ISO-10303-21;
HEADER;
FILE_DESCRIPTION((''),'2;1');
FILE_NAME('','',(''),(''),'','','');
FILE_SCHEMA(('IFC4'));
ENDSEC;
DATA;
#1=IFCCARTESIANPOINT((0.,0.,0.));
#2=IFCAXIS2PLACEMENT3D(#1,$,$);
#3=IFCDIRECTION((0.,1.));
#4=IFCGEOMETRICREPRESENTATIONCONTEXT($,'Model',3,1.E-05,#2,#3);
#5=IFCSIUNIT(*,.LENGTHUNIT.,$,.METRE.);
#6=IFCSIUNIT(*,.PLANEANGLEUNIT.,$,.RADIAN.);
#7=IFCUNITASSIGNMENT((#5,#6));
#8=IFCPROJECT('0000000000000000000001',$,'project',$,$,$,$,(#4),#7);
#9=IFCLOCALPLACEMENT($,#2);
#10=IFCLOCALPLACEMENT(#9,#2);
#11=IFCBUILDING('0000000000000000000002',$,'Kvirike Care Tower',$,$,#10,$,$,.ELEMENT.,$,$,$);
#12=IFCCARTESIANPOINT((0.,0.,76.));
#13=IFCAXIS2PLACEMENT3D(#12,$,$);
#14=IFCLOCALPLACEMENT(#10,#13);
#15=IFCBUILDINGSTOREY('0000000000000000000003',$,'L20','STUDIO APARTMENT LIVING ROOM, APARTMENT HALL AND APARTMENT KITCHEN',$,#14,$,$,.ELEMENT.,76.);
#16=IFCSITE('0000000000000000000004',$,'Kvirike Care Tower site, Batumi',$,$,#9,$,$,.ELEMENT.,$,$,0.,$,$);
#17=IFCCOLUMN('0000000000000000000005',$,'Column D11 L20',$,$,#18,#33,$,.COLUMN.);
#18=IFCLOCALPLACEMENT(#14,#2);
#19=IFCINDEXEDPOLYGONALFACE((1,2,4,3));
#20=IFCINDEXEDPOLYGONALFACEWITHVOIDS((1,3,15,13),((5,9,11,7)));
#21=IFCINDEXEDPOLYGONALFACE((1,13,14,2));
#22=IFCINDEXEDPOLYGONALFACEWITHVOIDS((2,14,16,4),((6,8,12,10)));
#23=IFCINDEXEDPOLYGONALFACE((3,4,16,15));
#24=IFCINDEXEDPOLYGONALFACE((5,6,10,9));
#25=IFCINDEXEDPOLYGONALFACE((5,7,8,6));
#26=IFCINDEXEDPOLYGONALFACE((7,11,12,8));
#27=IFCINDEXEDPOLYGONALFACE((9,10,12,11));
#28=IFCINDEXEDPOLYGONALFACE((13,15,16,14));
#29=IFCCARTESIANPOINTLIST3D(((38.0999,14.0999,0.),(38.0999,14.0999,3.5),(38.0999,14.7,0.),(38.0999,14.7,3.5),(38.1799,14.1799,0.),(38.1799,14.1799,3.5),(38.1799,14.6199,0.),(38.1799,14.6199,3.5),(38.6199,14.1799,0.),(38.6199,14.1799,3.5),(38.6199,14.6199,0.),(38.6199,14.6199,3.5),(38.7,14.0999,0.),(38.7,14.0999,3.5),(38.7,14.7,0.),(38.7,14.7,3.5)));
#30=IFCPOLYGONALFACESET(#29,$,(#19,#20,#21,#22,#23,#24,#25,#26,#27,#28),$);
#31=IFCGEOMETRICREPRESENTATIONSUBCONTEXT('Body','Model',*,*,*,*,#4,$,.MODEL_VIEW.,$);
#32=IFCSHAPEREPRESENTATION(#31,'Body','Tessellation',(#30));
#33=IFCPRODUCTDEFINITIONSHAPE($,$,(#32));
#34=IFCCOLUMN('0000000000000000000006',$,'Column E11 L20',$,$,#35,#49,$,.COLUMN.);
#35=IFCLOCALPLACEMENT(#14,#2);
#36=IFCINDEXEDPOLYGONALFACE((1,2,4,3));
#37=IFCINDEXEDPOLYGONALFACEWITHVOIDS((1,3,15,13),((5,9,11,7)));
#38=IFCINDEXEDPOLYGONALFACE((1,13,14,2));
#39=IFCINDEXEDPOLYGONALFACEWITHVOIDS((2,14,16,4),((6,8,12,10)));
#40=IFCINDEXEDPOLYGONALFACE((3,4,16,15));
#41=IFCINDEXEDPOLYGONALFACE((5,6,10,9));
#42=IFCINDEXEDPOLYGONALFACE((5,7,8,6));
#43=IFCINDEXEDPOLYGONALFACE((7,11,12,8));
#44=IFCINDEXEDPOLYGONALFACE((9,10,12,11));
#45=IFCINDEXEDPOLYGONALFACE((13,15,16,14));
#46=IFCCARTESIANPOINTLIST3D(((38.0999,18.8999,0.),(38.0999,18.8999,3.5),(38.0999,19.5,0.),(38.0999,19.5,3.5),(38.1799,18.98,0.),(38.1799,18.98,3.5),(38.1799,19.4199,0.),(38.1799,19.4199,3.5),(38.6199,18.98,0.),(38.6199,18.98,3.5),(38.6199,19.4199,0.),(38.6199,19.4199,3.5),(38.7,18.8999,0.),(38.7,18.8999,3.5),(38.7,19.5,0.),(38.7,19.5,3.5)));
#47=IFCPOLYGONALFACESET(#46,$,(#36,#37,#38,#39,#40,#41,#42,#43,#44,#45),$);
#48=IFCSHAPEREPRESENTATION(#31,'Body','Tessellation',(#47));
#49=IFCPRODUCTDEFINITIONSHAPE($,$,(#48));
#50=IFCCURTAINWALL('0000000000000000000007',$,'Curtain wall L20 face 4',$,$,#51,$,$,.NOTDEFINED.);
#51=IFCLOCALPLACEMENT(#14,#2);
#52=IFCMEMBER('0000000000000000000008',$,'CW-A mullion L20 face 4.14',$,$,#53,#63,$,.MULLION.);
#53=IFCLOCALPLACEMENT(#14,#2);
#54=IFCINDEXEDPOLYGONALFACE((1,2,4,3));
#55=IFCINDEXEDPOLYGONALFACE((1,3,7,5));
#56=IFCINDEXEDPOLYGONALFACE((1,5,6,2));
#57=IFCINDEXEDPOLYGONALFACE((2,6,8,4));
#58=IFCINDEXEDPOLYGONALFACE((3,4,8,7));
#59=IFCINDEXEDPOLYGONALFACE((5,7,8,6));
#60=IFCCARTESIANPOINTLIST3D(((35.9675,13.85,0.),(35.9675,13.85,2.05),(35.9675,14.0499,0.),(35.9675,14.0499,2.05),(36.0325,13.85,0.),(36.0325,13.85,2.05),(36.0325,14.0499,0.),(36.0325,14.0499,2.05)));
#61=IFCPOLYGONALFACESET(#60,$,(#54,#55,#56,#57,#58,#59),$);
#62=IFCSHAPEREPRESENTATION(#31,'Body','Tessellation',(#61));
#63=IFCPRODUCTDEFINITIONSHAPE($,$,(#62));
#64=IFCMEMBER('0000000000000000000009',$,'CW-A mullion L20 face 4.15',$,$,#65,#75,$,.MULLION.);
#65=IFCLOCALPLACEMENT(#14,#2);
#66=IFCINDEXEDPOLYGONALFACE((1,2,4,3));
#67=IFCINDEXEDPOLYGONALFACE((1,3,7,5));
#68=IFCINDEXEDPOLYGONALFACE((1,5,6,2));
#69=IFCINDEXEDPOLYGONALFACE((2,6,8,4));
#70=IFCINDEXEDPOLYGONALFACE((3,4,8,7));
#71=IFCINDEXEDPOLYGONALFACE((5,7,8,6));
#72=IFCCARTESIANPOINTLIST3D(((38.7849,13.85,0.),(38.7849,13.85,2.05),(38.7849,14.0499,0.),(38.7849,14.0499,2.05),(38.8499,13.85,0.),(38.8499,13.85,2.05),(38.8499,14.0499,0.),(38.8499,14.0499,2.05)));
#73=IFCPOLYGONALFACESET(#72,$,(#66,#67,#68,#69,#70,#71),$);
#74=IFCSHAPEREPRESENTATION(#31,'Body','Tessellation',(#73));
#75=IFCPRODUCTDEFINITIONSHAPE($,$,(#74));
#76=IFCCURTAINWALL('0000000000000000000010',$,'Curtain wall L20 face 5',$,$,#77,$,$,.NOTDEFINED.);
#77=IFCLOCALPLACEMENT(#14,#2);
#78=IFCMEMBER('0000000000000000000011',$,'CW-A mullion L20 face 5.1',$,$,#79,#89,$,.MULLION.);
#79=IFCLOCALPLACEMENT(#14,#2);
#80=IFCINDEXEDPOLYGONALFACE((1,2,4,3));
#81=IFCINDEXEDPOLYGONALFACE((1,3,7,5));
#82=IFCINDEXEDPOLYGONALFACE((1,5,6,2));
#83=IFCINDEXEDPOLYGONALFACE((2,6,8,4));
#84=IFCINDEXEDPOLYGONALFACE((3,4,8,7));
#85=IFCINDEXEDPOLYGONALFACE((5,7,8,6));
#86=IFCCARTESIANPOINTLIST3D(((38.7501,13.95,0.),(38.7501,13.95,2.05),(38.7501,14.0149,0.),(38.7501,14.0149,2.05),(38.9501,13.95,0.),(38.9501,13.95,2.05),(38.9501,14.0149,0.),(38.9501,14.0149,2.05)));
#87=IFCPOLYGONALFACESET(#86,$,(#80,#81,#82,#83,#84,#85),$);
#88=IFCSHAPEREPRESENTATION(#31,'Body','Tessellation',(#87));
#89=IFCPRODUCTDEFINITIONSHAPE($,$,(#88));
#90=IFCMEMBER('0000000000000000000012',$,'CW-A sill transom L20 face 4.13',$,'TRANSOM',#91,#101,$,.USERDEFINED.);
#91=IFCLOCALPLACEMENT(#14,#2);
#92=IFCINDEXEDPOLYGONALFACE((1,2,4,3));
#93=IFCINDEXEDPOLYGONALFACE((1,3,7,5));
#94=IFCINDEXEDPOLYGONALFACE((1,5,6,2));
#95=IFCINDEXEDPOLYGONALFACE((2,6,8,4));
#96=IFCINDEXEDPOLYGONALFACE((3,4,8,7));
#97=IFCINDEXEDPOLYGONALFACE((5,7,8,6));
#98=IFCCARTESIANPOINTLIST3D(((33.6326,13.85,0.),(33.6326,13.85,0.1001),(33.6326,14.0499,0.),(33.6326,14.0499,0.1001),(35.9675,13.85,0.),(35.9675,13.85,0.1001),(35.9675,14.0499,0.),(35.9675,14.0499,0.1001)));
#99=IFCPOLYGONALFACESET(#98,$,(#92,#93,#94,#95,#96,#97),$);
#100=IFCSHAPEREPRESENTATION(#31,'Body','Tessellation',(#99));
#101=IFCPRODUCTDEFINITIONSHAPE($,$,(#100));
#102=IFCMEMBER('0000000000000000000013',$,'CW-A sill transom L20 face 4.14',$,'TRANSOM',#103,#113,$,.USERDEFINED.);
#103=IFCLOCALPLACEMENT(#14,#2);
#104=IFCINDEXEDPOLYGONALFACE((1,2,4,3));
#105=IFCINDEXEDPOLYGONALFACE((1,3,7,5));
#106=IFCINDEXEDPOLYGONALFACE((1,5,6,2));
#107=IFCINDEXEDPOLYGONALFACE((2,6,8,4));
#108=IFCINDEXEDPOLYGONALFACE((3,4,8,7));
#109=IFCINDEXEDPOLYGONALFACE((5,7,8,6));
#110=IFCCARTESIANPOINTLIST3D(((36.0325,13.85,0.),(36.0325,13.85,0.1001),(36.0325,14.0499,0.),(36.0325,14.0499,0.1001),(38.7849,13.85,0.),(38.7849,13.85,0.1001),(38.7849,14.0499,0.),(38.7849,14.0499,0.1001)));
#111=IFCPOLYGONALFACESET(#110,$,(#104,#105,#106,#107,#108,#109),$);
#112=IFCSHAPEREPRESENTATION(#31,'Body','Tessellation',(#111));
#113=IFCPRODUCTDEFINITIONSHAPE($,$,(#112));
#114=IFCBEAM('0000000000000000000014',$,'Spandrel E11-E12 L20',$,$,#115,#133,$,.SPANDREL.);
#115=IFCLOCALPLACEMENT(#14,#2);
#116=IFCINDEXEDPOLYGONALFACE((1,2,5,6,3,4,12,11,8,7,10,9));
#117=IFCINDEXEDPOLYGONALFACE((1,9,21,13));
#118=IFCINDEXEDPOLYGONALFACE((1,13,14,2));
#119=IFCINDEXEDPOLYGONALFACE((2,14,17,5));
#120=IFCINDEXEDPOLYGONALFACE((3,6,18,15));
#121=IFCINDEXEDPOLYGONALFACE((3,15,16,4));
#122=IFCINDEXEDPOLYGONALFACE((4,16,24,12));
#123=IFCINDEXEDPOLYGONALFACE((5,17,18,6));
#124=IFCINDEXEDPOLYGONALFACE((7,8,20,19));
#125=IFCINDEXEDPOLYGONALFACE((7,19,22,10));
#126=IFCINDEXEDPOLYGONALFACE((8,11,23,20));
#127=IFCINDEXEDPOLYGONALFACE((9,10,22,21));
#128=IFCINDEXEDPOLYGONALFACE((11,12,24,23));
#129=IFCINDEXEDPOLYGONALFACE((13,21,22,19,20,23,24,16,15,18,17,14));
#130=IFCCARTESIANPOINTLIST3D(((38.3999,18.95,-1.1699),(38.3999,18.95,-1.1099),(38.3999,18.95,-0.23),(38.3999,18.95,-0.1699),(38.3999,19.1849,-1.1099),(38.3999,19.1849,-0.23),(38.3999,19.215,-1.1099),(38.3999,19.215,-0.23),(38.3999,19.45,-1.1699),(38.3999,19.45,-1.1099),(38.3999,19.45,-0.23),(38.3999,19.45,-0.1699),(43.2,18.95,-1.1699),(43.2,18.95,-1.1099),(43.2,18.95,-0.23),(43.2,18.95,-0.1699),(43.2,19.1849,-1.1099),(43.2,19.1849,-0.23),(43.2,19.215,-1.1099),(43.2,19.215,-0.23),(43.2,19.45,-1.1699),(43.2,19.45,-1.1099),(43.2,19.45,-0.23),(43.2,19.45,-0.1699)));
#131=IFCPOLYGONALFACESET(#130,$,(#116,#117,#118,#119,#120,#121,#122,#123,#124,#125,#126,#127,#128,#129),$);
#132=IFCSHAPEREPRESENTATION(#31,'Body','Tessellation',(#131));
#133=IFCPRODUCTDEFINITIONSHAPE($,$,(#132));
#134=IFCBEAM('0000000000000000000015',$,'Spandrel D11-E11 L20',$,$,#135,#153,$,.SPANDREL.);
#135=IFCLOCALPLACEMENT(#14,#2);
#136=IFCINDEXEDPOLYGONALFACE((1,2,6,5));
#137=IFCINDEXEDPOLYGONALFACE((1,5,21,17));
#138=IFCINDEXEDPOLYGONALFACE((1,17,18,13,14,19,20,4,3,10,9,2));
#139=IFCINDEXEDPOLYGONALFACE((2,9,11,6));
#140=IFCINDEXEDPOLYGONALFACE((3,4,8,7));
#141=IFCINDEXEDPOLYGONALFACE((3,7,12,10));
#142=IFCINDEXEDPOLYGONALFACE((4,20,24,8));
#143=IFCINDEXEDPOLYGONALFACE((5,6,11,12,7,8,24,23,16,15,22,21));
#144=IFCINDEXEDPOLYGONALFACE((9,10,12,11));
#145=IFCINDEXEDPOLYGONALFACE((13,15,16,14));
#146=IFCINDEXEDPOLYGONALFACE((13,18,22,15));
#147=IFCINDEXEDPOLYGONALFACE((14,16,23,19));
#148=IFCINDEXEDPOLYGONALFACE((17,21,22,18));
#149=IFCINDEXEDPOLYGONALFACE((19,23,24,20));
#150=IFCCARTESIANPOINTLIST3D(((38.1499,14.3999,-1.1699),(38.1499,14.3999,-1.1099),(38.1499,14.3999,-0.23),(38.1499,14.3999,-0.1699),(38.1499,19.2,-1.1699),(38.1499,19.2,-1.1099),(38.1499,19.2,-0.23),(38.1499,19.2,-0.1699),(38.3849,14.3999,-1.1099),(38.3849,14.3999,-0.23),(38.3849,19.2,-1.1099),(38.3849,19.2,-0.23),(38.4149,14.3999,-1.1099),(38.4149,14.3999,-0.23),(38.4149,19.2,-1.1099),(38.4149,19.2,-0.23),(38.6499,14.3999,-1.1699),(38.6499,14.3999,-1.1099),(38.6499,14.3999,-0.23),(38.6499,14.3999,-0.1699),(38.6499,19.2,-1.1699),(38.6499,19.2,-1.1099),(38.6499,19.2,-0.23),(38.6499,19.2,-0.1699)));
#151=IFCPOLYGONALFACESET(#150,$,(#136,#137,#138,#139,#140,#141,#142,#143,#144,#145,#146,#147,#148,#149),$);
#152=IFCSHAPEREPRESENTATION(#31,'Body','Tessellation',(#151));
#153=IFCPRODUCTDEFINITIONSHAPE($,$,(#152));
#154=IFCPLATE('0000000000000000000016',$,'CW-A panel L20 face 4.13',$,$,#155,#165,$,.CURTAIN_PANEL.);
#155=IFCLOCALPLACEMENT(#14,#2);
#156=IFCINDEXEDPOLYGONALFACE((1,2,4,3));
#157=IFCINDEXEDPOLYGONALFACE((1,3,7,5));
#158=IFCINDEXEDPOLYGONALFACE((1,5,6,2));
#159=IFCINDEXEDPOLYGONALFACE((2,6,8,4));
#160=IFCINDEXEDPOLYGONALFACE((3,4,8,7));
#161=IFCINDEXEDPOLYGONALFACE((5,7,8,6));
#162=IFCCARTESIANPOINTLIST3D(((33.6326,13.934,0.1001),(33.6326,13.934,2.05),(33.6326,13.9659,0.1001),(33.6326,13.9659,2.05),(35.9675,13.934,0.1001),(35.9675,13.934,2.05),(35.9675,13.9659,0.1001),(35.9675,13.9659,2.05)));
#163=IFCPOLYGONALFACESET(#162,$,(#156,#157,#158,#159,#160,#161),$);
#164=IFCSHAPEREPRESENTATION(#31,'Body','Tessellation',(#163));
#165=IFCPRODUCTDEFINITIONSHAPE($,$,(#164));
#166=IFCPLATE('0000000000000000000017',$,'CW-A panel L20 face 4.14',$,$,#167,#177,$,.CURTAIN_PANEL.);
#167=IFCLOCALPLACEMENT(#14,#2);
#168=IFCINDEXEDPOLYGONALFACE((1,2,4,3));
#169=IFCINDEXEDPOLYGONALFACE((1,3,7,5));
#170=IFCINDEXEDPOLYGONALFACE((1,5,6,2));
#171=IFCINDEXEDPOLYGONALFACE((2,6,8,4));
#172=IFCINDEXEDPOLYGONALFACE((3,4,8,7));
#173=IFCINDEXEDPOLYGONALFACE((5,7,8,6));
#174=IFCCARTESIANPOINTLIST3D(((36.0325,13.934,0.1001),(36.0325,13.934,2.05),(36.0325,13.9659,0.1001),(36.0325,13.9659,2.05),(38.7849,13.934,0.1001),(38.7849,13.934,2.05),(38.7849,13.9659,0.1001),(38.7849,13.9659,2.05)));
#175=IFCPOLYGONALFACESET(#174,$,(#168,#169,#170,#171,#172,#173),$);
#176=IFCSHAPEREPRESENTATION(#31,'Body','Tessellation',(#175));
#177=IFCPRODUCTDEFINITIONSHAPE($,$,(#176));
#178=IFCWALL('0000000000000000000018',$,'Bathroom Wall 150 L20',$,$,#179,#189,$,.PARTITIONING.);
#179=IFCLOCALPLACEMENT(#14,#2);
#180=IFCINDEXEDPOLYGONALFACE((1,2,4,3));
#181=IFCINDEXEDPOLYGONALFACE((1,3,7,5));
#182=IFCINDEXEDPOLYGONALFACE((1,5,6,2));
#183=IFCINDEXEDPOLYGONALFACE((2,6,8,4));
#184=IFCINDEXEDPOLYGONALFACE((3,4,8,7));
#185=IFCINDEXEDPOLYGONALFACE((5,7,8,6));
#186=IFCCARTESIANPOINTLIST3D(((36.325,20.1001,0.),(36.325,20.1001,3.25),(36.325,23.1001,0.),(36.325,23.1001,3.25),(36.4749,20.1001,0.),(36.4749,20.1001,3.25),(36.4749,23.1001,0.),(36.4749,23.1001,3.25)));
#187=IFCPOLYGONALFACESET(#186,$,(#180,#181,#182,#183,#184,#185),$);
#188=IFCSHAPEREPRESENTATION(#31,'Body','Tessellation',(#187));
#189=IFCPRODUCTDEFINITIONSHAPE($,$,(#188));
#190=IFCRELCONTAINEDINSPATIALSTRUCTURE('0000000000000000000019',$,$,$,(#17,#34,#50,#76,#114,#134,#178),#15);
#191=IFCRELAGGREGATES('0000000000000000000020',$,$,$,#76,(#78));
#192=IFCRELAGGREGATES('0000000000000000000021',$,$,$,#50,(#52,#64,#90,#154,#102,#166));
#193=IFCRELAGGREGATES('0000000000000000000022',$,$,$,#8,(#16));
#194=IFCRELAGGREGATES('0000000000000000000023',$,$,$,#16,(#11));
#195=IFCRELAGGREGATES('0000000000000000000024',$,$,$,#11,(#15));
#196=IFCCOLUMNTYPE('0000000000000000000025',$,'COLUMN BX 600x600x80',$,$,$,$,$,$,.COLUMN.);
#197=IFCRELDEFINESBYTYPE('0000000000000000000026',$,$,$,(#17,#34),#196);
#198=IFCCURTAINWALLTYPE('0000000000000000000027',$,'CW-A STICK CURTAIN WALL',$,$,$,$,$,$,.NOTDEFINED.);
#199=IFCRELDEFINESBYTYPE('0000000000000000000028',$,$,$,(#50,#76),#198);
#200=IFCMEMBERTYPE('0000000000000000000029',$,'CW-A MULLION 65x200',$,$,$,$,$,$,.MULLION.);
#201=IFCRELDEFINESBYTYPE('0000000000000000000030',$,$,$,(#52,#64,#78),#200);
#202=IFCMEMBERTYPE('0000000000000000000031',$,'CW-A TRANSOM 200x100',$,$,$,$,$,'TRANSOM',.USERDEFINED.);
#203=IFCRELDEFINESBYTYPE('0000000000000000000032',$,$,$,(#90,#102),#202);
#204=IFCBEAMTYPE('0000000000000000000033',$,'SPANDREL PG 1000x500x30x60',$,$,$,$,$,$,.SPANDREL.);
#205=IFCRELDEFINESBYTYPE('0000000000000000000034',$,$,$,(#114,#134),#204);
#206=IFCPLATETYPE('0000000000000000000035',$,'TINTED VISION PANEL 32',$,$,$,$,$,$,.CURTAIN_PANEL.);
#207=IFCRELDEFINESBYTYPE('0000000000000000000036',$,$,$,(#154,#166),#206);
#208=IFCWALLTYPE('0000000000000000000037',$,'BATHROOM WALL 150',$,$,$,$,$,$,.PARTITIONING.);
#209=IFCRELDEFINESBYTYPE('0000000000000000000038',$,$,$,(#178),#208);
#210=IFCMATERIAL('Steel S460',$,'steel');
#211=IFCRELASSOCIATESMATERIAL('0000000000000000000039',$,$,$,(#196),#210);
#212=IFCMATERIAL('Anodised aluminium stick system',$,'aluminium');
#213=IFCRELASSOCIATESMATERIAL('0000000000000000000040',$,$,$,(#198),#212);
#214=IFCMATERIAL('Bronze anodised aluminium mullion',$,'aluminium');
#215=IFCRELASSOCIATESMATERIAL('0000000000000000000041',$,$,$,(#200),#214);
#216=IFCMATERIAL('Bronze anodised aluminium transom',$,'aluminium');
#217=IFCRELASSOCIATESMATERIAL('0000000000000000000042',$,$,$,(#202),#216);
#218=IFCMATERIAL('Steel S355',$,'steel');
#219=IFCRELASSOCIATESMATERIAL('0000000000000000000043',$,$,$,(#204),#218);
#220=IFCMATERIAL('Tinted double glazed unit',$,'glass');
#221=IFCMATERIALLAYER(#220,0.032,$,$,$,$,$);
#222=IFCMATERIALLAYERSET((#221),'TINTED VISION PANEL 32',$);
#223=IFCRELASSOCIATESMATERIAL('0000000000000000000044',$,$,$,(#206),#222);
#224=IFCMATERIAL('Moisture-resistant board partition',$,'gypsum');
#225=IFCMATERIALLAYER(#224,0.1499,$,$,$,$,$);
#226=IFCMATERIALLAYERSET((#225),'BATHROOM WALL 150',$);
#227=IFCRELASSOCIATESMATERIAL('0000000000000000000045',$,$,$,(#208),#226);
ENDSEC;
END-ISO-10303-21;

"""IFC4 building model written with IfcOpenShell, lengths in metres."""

from ifc_helpers import new_model, si_unit, direction, frame, frame_2d, origin, origin_2d, place, context, subcontext, project, spatial, rectangle, hollow_rectangle, i_section, extrude, material, layer, layer_set, material_profile, profile_set, type_object, element, aggregate, save


model = new_model("IFC4")

# Units and contexts
model_context = context("Model", 3, precision=1e-05, world=origin(), true_north=direction((0.0, 1.0)))
body_context = subcontext(model_context, "Body", "Model", "MODEL_VIEW")
ifc_project = project(units=[si_unit("LENGTHUNIT", "METRE"), si_unit("PLANEANGLEUNIT", "RADIAN")], contexts=[model_context])

# Site, building, storey
site_placement = place(None, origin())
site = spatial("IfcSite", under=ifc_project, at=site_placement, Name="Kvirike Care Tower site, Batumi", CompositionType="ELEMENT", RefElevation=0.0)
building_placement = place(site_placement, origin())
building = spatial("IfcBuilding", under=site, at=building_placement, Name="Kvirike Care Tower", CompositionType="ELEMENT")
storey_placement = place(building_placement, frame((0.0, 0.0, 76.0)))
storey = spatial("IfcBuildingStorey", under=building, at=storey_placement, Name="L20", Description="STUDIO APARTMENT LIVING ROOM, APARTMENT HALL AND APARTMENT KITCHEN", CompositionType="ELEMENT", Elevation=76.0)

# Columns
ifc_material_1 = material(Name="Steel S460", Category="steel")
ifc_material_profile_1 = material_profile(ifc_material_1, hollow_rectangle(XDim=0.6001, YDim=0.6001, WallThickness=0.0801, at=origin_2d()), Name="BX 600x600x80")
ifc_profile_set_1 = profile_set([ifc_material_profile_1], Name="Steel S460")
column_type = type_object("IfcColumnType", Name="COLUMN BX 600x600x80", PredefinedType="COLUMN", material=ifc_profile_set_1)
for number, where, z_axis, x_axis, name in (
    (1, (38.3999, 14.3999, 0.0), (0.0, 0.0, 1.0), (0.0, 1.0, 0.0), "Column D11 L20"),
    (2, (38.3999, 19.2, 0.0), (0.0, 0.0, 1.0), (0.0, 1.0, 0.0), "Column E11 L20"),
):
    element("IfcColumn", number, at=place(storey_placement, frame(where, z_axis=z_axis, x_axis=x_axis)), inside=storey, type_object=column_type, Name=name, PredefinedType="COLUMN", context=body_context, shape_type="SweptSolid", body=[
        extrude(hollow_rectangle(XDim=0.6001, YDim=0.6001, WallThickness=0.0801, at=origin_2d()), origin(), (0.0, 0.0, 1.0), 3.5),
    ])

# Curtain wall, members
ifc_material_2 = material(Name="Anodised aluminium stick system", Category="aluminium")
curtain_wall_type = type_object("IfcCurtainWallType", Name="CW-A STICK CURTAIN WALL", PredefinedType="NOTDEFINED", material=ifc_material_2)
curtain_wall_1_placement = place(storey_placement, origin())
curtain_wall_1 = element("IfcCurtainWall", 3, at=curtain_wall_1_placement, inside=storey, type_object=curtain_wall_type, Name="Curtain wall L20 face 4", PredefinedType="NOTDEFINED")
ifc_material_3 = material(Name="Bronze anodised aluminium mullion", Category="aluminium")
ifc_material_profile_2 = material_profile(ifc_material_3, rectangle(XDim=0.0649, YDim=0.2, at=origin_2d()), Name="CW-A MULLION 65x200")
ifc_profile_set_2 = profile_set([ifc_material_profile_2], Name="Bronze anodised aluminium mullion")
member_type_1 = type_object("IfcMemberType", Name="CW-A MULLION 65x200", PredefinedType="MULLION", material=ifc_profile_set_2)
member_1_placement = place(storey_placement, frame((36.0, 13.95, 0.0), z_axis=(0.0, 0.0, 1.0), x_axis=(1.0, 0.0, 0.0)))
member_1 = element("IfcMember", 4, at=member_1_placement, type_object=member_type_1, Name="CW-A mullion L20 face 4.14", PredefinedType="MULLION", context=body_context, shape_type="SweptSolid", body=[
    extrude(rectangle(XDim=0.0649, YDim=0.2, at=origin_2d()), origin(), (0.0, 0.0, 1.0), 2.05),
])
member_2_placement = place(storey_placement, frame((38.8174, 13.95, 0.0), z_axis=(0.0, 0.0, 1.0), x_axis=(1.0, 0.0, 0.0)))
member_2 = element("IfcMember", 5, at=member_2_placement, type_object=member_type_1, Name="CW-A mullion L20 face 4.15", PredefinedType="MULLION", context=body_context, shape_type="SweptSolid", body=[
    extrude(rectangle(XDim=0.0649, YDim=0.2, at=origin_2d()), origin(), (0.0, 0.0, 1.0), 2.05),
])

# Curtain wall, member
curtain_wall_2_placement = place(storey_placement, origin())
curtain_wall_2 = element("IfcCurtainWall", 6, at=curtain_wall_2_placement, inside=storey, type_object=curtain_wall_type, Name="Curtain wall L20 face 5", PredefinedType="NOTDEFINED")
member_3_placement = place(storey_placement, frame((38.8501, 13.9824, 0.0), z_axis=(0.0, 0.0, 1.0), x_axis=(0.0, 1.0, 0.0)))
member_3 = element("IfcMember", 7, at=member_3_placement, type_object=member_type_1, Name="CW-A mullion L20 face 5.1", PredefinedType="MULLION", context=body_context, shape_type="SweptSolid", body=[
    extrude(rectangle(XDim=0.0649, YDim=0.2, at=origin_2d()), origin(), (0.0, 0.0, 1.0), 2.05),
])
aggregate(curtain_wall_2, [member_3])

# Members
ifc_material_4 = material(Name="Bronze anodised aluminium transom", Category="aluminium")
ifc_material_profile_3 = material_profile(ifc_material_4, rectangle(XDim=0.2, YDim=0.1001, at=origin_2d()), Name="CW-A TRANSOM 200x100")
ifc_profile_set_3 = profile_set([ifc_material_profile_3], Name="Bronze anodised aluminium transom")
member_type_2 = type_object("IfcMemberType", Name="CW-A TRANSOM 200x100", ElementType="TRANSOM", PredefinedType="USERDEFINED", material=ifc_profile_set_3)
member_4_placement = place(storey_placement, frame((33.6326, 13.95, 0.05), z_axis=(1.0, 0.0, 0.0), x_axis=(0.0, 1.0, 0.0)))
member_4 = element("IfcMember", 8, at=member_4_placement, type_object=member_type_2, Name="CW-A sill transom L20 face 4.13", ObjectType="TRANSOM", PredefinedType="USERDEFINED", context=body_context, shape_type="SweptSolid", body=[
    extrude(rectangle(XDim=0.2, YDim=0.1001, at=origin_2d()), origin(), (0.0, 0.0, 1.0), 2.335),
])
member_5_placement = place(storey_placement, frame((36.0325, 13.95, 0.05), z_axis=(1.0, 0.0, 0.0), x_axis=(0.0, 1.0, 0.0)))
member_5 = element("IfcMember", 9, at=member_5_placement, type_object=member_type_2, Name="CW-A sill transom L20 face 4.14", ObjectType="TRANSOM", PredefinedType="USERDEFINED", context=body_context, shape_type="SweptSolid", body=[
    extrude(rectangle(XDim=0.2, YDim=0.1001, at=origin_2d()), origin(), (0.0, 0.0, 1.0), 2.7524),
])

# Beams
ifc_material_5 = material(Name="Steel S355", Category="steel")
ifc_material_profile_4 = material_profile(ifc_material_5, i_section(OverallWidth=0.5, OverallDepth=1.0, WebThickness=0.03, FlangeThickness=0.0601, at=origin_2d()), Name="PG 1000x500x30x60")
ifc_profile_set_4 = profile_set([ifc_material_profile_4], Name="Steel S355")
beam_type = type_object("IfcBeamType", Name="SPANDREL PG 1000x500x30x60", PredefinedType="SPANDREL", material=ifc_profile_set_4)
for number, where, z_axis, x_axis, name in (
    (10, (38.3999, 19.2, -0.6699), (1.0, 0.0, 0.0), (0.0, 1.0, 0.0), "Spandrel E11-E12 L20"),
    (11, (38.3999, 14.3999, -0.6699), (0.0, 1.0, 0.0), (-1.0, 0.0, 0.0), "Spandrel D11-E11 L20"),
):
    element("IfcBeam", number, at=place(storey_placement, frame(where, z_axis=z_axis, x_axis=x_axis)), inside=storey, type_object=beam_type, Name=name, PredefinedType="SPANDREL", context=body_context, shape_type="SweptSolid", body=[
        extrude(i_section(OverallWidth=0.5, OverallDepth=1.0, WebThickness=0.03, FlangeThickness=0.0601, at=origin_2d()), origin(), (0.0, 0.0, 1.0), 4.8),
    ])

# Plates
ifc_material_6 = material(Name="Tinted double glazed unit", Category="glass")
ifc_layer_1 = layer(ifc_material_6, 0.032)
ifc_layer_set_1 = layer_set([ifc_layer_1], Name="TINTED VISION PANEL 32")
plate_type = type_object("IfcPlateType", Name="TINTED VISION PANEL 32", PredefinedType="CURTAIN_PANEL", material=ifc_layer_set_1)
plate_1_placement = place(storey_placement, frame((34.8, 13.95, 0.1001), z_axis=(0.0, 0.0, 1.0), x_axis=(1.0, 0.0, 0.0)))
plate_1 = element("IfcPlate", 12, at=plate_1_placement, type_object=plate_type, Name="CW-A panel L20 face 4.13", PredefinedType="CURTAIN_PANEL", context=body_context, shape_type="SweptSolid", body=[
    extrude(rectangle(XDim=2.335, YDim=0.032, at=origin_2d()), origin(), (0.0, 0.0, 1.0), 1.95),
])
plate_2_placement = place(storey_placement, frame((37.4087, 13.95, 0.1001), z_axis=(0.0, 0.0, 1.0), x_axis=(1.0, 0.0, 0.0)))
plate_2 = element("IfcPlate", 13, at=plate_2_placement, type_object=plate_type, Name="CW-A panel L20 face 4.14", PredefinedType="CURTAIN_PANEL", context=body_context, shape_type="SweptSolid", body=[
    extrude(rectangle(XDim=2.7524, YDim=0.032, at=origin_2d()), origin(), (0.0, 0.0, 1.0), 1.95),
])
aggregate(curtain_wall_1, [member_1, member_2, member_4, plate_1, member_5, plate_2])

# Wall
ifc_material_7 = material(Name="Moisture-resistant board partition", Category="gypsum")
ifc_layer_2 = layer(ifc_material_7, 0.1499)
ifc_layer_set_2 = layer_set([ifc_layer_2], Name="BATHROOM WALL 150")
wall_type_1 = type_object("IfcWallType", Name="BATHROOM WALL 150", PredefinedType="PARTITIONING", material=ifc_layer_set_2)
wall_1_placement = place(storey_placement, frame((36.3999, 20.1001, 0.0), z_axis=(0.0, 0.0, 1.0), x_axis=(0.0, 1.0, 0.0)))
element("IfcWall", 14, at=wall_1_placement, inside=storey, type_object=wall_type_1, Name="Bathroom Wall 150 L20", PredefinedType="PARTITIONING", context=body_context, shape_type="SweptSolid", body=[
    extrude(rectangle(XDim=3.0, YDim=0.1499, at=frame_2d((1.5, 0.0))), origin(), (0.0, 0.0, 1.0), 3.25),
])

save(model, "model.ifc")
